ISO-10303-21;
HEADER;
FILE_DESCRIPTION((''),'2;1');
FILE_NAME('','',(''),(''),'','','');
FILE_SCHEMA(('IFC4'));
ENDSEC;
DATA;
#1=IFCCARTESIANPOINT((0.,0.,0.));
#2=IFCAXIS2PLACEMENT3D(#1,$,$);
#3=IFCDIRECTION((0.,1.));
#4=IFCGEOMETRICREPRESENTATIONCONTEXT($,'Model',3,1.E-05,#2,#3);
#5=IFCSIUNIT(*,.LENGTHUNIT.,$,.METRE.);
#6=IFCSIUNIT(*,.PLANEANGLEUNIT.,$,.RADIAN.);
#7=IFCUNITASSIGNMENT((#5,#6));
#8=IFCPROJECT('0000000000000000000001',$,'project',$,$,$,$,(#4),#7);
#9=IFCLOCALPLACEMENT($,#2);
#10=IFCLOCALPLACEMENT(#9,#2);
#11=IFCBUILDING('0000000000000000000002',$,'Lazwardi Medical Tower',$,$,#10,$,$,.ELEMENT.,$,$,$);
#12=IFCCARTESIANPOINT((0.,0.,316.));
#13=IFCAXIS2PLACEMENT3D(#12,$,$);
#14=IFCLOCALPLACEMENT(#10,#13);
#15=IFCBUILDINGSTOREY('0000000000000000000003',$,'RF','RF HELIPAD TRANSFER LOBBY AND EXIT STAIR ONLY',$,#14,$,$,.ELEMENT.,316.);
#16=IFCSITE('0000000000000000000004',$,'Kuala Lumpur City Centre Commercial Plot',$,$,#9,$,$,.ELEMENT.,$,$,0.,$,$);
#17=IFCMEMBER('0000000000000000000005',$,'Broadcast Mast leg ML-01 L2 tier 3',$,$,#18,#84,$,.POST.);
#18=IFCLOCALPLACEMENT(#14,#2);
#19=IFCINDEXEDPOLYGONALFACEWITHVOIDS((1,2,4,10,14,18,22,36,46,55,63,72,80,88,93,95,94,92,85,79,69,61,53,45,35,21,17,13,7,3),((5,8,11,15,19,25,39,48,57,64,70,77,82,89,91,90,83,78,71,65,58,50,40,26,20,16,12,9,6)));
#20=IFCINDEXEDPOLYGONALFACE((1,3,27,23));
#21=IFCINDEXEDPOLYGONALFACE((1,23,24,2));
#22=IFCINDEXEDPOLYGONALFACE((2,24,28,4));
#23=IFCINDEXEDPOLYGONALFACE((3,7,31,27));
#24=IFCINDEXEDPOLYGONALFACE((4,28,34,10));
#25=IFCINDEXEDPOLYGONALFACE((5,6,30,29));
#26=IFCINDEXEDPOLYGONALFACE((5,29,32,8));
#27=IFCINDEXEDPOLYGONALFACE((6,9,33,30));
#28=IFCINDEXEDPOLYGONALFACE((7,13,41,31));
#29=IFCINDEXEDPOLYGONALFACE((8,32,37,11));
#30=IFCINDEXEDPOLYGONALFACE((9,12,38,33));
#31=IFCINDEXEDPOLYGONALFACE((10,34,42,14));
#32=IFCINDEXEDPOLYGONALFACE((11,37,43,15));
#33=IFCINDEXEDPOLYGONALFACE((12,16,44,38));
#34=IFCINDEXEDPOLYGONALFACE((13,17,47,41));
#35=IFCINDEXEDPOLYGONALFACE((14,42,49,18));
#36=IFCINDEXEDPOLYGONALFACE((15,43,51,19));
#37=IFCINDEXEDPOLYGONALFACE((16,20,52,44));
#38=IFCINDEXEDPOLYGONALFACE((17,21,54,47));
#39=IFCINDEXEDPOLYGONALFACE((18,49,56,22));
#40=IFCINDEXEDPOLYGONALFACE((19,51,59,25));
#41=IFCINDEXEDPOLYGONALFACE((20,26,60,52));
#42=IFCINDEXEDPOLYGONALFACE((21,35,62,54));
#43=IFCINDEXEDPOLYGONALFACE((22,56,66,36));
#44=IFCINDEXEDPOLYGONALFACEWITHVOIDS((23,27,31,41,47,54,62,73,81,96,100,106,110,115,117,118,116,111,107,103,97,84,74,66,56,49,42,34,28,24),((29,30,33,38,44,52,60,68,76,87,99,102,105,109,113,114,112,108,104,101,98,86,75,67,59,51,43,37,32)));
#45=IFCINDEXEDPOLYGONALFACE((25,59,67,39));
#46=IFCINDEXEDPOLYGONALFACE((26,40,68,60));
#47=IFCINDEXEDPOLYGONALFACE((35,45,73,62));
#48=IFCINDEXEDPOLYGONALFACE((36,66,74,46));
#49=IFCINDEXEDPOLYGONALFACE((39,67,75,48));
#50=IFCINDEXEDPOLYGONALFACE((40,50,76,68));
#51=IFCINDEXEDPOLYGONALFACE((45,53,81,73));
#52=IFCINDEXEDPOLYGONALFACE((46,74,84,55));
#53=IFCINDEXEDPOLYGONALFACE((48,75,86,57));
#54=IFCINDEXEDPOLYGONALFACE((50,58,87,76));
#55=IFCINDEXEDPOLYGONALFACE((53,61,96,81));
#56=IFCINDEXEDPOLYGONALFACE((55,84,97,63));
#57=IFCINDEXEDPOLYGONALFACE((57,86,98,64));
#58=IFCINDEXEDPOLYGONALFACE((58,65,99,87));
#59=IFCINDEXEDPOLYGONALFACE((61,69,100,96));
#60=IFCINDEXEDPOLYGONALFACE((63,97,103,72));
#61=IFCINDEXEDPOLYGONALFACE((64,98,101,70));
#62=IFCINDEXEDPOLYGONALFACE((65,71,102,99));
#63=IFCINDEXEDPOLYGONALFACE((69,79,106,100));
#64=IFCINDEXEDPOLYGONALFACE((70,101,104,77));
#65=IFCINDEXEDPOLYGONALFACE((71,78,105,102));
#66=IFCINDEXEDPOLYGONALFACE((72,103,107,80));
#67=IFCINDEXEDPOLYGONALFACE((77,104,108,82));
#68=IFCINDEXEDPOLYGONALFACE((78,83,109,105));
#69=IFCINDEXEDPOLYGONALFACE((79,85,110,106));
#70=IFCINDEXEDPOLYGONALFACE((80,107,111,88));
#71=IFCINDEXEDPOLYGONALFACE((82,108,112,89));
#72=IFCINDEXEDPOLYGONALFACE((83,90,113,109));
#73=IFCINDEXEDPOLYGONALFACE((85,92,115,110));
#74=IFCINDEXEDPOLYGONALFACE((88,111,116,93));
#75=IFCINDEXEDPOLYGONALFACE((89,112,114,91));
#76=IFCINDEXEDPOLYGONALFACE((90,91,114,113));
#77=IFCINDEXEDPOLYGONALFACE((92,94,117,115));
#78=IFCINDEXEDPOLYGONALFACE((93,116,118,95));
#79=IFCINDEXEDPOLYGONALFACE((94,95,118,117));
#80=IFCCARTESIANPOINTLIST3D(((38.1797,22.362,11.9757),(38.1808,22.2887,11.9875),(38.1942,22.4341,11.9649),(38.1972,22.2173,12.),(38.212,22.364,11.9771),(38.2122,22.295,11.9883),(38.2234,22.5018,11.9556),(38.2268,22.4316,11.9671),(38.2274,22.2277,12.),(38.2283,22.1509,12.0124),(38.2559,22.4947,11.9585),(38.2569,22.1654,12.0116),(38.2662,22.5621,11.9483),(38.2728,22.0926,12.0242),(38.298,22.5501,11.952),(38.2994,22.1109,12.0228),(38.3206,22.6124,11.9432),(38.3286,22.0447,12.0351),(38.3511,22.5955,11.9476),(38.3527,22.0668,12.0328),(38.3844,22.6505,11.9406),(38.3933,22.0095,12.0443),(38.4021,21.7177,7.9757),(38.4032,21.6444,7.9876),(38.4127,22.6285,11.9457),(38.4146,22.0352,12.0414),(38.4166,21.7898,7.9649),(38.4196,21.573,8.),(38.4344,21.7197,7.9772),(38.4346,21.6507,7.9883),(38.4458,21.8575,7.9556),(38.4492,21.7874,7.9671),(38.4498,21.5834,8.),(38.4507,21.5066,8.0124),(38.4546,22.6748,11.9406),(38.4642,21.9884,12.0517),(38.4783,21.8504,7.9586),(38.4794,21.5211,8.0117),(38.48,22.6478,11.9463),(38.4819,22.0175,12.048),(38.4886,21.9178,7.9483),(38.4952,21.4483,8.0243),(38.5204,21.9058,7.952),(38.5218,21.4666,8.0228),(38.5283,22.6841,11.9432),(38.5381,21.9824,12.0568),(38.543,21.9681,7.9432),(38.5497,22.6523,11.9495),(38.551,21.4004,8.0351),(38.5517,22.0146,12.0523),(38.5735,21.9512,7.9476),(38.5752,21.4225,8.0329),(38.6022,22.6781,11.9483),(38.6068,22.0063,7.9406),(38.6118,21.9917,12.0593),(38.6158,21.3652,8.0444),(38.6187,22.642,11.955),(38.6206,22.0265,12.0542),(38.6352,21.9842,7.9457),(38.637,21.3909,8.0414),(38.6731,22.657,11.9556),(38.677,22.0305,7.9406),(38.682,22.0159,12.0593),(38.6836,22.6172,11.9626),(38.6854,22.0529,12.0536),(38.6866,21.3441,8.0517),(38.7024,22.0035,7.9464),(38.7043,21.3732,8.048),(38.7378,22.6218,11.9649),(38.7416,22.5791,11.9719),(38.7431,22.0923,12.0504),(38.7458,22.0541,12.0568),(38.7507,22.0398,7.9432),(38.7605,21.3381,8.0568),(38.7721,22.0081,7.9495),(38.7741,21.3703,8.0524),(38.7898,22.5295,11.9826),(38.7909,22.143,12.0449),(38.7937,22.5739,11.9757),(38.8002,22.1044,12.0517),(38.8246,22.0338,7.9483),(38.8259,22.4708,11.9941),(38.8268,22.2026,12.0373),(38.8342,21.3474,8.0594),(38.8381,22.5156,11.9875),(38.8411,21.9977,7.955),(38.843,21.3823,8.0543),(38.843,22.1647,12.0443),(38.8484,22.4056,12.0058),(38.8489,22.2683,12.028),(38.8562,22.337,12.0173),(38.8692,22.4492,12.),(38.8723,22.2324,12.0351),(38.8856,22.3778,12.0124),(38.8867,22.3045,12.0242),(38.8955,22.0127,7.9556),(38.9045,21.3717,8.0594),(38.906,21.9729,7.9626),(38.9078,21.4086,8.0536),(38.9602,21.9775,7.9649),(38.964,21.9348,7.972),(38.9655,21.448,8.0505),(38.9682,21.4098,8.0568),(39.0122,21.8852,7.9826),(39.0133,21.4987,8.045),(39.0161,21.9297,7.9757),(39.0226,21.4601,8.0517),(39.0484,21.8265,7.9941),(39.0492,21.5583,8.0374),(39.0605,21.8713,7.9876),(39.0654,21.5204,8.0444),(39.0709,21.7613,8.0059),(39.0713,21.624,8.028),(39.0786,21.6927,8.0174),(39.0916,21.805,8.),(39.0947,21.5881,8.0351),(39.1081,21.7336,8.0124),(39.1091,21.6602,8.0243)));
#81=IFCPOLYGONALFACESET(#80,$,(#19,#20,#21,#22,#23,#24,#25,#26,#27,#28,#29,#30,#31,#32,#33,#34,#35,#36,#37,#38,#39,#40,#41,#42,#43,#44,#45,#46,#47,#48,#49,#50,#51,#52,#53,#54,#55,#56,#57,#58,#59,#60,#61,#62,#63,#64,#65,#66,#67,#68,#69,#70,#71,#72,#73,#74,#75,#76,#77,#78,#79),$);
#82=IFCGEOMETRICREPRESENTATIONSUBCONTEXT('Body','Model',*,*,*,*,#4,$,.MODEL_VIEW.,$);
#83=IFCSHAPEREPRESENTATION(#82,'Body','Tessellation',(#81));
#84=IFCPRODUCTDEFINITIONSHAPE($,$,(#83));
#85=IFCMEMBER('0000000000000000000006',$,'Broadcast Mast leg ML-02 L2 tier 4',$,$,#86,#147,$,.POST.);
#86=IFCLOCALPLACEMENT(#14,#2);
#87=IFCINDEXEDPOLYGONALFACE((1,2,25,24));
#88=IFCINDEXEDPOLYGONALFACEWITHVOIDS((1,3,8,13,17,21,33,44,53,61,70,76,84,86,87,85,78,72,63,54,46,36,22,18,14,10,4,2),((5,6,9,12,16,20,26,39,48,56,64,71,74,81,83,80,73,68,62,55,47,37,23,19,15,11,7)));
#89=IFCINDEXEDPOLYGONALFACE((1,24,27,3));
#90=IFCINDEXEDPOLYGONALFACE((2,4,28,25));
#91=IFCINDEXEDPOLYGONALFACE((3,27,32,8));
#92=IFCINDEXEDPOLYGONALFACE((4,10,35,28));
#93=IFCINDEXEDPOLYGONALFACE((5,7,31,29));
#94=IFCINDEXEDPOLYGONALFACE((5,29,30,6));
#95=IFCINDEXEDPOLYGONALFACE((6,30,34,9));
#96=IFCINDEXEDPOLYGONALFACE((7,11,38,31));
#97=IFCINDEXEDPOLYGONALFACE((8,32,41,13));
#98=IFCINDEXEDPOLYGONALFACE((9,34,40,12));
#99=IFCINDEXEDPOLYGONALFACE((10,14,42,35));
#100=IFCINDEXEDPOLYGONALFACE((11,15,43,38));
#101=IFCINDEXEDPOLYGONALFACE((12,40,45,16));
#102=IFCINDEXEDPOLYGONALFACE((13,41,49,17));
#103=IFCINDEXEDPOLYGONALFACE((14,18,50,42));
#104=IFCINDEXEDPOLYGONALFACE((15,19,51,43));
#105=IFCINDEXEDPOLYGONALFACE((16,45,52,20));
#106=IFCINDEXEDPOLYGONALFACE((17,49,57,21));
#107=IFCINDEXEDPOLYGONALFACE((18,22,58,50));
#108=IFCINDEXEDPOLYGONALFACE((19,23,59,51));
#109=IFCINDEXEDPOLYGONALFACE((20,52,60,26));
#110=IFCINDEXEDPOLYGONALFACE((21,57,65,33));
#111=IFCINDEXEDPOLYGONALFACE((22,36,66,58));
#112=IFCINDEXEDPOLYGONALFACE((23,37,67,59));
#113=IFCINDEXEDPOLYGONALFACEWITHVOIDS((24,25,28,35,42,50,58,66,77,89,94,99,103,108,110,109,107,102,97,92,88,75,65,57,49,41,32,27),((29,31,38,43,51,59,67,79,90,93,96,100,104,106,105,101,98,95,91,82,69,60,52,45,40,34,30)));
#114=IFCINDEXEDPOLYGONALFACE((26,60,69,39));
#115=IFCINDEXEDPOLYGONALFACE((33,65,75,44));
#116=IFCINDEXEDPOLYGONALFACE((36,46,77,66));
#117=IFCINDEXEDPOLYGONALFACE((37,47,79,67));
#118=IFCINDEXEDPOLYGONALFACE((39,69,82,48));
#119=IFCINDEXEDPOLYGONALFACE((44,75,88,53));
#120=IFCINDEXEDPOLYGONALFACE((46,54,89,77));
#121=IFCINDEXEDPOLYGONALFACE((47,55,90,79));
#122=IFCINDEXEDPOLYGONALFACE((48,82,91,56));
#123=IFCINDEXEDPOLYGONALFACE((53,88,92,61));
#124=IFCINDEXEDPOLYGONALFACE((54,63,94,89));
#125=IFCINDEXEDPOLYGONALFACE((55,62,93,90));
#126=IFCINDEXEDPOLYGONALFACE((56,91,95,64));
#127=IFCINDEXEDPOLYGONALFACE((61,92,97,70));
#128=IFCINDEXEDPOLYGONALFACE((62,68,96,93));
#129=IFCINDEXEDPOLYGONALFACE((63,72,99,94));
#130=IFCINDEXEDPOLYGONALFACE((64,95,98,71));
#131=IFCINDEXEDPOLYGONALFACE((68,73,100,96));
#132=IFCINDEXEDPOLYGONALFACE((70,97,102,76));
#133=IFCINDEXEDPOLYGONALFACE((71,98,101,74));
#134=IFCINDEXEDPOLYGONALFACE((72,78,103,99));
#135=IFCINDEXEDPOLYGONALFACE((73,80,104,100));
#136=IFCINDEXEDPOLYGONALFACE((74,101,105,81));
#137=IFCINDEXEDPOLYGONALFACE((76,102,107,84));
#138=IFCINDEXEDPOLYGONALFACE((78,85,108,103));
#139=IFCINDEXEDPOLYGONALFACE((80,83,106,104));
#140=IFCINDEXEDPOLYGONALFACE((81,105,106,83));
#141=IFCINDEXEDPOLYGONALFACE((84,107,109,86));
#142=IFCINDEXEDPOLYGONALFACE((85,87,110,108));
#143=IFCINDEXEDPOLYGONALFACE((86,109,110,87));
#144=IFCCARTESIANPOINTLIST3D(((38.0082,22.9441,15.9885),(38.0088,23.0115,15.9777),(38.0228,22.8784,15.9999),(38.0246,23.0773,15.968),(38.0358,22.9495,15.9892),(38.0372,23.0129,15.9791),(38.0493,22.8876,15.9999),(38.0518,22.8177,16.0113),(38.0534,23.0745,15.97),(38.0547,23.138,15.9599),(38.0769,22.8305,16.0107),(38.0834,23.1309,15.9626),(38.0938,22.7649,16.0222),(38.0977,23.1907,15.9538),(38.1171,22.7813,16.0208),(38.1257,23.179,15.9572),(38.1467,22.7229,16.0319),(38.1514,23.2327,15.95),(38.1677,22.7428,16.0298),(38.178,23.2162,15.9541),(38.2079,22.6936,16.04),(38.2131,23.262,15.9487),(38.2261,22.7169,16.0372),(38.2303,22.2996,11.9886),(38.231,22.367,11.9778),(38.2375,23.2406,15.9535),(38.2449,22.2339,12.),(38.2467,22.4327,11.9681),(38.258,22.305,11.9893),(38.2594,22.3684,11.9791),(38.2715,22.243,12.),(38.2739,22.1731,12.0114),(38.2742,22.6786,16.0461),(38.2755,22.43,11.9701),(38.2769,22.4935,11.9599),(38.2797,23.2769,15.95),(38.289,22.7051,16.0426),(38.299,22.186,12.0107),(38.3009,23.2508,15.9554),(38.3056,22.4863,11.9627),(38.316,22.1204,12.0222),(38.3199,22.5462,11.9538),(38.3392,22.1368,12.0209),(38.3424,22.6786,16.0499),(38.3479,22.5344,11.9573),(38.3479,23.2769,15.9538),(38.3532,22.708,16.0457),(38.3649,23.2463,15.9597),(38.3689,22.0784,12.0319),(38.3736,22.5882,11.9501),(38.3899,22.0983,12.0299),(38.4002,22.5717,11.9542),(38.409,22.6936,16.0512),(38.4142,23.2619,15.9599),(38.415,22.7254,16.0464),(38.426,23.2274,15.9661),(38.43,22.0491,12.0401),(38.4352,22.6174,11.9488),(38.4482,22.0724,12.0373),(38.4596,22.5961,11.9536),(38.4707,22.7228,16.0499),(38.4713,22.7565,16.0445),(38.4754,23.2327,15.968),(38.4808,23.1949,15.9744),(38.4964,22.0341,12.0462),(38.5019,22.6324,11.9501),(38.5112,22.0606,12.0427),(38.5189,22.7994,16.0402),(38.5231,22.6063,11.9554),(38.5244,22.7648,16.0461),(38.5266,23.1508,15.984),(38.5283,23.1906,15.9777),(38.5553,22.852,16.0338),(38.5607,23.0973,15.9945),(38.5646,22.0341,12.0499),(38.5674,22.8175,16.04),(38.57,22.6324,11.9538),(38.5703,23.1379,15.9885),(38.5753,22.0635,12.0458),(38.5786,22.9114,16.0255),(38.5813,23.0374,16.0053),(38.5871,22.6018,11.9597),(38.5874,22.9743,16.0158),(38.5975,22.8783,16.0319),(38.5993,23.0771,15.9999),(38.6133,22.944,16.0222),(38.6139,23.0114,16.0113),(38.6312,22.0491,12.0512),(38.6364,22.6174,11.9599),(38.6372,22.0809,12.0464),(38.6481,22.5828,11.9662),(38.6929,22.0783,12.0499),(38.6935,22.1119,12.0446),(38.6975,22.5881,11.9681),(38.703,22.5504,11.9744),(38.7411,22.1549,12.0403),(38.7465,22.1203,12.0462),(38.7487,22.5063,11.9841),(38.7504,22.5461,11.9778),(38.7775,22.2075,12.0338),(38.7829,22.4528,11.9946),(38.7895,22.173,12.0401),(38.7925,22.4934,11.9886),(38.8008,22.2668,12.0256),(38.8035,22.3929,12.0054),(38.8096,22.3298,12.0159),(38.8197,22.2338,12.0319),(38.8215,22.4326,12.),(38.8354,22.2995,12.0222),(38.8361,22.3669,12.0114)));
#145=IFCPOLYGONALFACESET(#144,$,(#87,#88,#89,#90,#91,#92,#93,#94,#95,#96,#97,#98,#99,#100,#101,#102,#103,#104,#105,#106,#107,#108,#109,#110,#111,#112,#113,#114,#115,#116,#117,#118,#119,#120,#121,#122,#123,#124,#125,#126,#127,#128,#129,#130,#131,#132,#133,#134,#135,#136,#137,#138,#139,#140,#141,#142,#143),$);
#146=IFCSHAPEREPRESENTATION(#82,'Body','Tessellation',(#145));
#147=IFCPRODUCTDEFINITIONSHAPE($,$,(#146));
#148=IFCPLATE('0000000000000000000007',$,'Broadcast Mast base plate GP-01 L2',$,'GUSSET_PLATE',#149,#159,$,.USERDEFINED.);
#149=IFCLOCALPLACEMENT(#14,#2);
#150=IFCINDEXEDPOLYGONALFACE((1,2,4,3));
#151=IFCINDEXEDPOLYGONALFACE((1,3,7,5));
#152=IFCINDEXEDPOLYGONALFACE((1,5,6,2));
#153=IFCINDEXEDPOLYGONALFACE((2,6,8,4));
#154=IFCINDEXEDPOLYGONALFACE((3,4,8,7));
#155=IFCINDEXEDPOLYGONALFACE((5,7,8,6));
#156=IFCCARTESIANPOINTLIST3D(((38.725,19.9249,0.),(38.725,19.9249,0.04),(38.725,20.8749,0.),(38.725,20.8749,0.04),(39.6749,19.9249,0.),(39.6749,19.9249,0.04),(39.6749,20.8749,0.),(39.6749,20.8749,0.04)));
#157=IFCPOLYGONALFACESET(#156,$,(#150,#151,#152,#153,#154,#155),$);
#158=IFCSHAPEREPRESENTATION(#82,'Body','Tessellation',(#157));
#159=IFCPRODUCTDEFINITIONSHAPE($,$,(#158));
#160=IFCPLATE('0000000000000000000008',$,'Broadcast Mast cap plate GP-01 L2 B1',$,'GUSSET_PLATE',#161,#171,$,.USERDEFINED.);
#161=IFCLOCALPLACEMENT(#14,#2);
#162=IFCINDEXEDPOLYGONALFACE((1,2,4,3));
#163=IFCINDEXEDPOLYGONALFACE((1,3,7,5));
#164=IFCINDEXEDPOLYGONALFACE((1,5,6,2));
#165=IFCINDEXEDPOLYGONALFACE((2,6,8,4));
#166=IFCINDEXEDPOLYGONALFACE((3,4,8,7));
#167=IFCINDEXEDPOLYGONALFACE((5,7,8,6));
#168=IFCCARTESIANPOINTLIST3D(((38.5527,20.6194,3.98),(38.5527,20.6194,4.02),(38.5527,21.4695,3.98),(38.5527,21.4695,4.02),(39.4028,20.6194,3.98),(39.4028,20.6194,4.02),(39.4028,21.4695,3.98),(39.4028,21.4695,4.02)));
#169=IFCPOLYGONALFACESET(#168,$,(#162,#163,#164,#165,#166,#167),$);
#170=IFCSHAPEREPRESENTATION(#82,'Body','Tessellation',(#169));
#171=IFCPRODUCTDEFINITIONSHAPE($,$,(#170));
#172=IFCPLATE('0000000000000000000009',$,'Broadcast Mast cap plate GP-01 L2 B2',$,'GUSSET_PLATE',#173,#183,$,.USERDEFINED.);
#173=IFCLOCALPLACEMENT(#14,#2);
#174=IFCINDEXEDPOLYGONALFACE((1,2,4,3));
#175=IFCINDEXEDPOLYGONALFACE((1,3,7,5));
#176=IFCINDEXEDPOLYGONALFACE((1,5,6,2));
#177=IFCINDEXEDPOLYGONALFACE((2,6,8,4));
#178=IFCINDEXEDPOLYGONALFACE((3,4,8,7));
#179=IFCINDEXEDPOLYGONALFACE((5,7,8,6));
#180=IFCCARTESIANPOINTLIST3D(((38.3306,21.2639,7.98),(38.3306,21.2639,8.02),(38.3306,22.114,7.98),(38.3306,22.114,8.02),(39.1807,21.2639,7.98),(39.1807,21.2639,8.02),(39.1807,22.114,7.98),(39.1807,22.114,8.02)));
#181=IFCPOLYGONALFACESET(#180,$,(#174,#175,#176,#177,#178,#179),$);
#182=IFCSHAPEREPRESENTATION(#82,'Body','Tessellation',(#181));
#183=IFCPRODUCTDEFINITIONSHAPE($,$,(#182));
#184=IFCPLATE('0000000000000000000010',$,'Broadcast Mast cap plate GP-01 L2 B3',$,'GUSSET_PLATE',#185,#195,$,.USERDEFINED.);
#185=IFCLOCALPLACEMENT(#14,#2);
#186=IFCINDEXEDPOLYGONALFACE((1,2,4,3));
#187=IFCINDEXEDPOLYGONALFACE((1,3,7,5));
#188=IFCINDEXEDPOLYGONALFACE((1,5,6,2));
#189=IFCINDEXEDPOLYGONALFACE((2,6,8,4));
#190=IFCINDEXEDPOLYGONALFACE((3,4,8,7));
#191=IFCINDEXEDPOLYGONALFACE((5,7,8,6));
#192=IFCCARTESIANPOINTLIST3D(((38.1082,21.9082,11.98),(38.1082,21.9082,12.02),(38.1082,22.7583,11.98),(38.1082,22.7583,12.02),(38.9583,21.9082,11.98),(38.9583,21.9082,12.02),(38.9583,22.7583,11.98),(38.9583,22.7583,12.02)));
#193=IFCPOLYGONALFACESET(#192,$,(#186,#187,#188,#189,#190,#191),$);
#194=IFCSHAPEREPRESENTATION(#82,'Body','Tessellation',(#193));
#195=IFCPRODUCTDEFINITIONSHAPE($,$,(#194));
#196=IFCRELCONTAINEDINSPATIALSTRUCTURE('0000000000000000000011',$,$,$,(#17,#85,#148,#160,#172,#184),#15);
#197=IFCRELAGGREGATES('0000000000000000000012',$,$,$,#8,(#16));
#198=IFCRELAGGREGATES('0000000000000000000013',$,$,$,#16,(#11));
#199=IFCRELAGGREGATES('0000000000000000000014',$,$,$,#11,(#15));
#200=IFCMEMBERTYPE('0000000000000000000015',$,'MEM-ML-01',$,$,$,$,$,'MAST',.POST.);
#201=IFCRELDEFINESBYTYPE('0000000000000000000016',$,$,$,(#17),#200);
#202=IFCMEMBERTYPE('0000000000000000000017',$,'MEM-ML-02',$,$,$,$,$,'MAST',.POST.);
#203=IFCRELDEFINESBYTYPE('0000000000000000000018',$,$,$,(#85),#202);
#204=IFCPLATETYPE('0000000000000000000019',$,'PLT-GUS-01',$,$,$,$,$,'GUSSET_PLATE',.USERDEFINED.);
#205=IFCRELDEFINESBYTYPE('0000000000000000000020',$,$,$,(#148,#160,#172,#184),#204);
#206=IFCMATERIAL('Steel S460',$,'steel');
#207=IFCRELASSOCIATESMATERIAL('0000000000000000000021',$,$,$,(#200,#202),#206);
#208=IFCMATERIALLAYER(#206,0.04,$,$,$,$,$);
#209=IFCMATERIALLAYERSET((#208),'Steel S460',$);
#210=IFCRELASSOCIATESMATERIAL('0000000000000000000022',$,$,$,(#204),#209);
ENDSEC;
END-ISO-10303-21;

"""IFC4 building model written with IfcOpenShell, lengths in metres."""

from ifc_helpers import new_model, si_unit, direction, frame, origin, origin_2d, place, context, subcontext, project, spatial, rectangle, hollow_circle, extrude, material, layer, layer_set, material_profile, profile_set, type_object, element, save


model = new_model("IFC4")

# Units and contexts
model_context = context("Model", 3, precision=1e-05, world=origin(), true_north=direction((0.0, 1.0)))
body_context = subcontext(model_context, "Body", "Model", "MODEL_VIEW")
ifc_project = project(units=[si_unit("LENGTHUNIT", "METRE"), si_unit("PLANEANGLEUNIT", "RADIAN")], contexts=[model_context])

# Site, building, storey
site_placement = place(None, origin())
site = spatial("IfcSite", under=ifc_project, at=site_placement, Name="Kuala Lumpur City Centre Commercial Plot", CompositionType="ELEMENT", RefElevation=0.0)
building_placement = place(site_placement, origin())
building = spatial("IfcBuilding", under=site, at=building_placement, Name="Lazwardi Medical Tower", CompositionType="ELEMENT")
storey_placement = place(building_placement, frame((0.0, 0.0, 316.0)))
storey = spatial("IfcBuildingStorey", under=building, at=storey_placement, Name="RF", Description="RF HELIPAD TRANSFER LOBBY AND EXIT STAIR ONLY", CompositionType="ELEMENT", Elevation=316.0)

# Members
ifc_material_1 = material(Name="Steel S460", Category="steel")
ifc_material_profile_1 = material_profile(ifc_material_1, hollow_circle(Radius=0.3555, WallThickness=0.032, at=origin_2d()), Name="CHS 711x32")
ifc_profile_set_1 = profile_set([ifc_material_profile_1], Name="Steel S460")
member_type_1 = type_object("IfcMemberType", Name="MEM-ML-01", ElementType="MAST", PredefinedType="POST", material=ifc_profile_set_1)
for number, where, z_axis, x_axis, name in (
    (1, (38.7556, 21.689, 8.0), (-0.054813, 0.158783, 0.985791), (-0.945263, -0.326311, 0.0), "Broadcast Mast leg ML-01 L2 tier 3"),
):
    element("IfcMember", number, at=place(storey_placement, frame(where, z_axis=z_axis, x_axis=x_axis)), inside=storey, type_object=member_type_1, Name=name, PredefinedType="POST", context=body_context, shape_type="SweptSolid", body=[
        extrude(hollow_circle(Radius=0.3555, WallThickness=0.032, at=origin_2d()), origin(), (0.0, 0.0, 1.0), 4.0576),
    ])
ifc_material_profile_2 = material_profile(ifc_material_1, hollow_circle(Radius=0.3049, WallThickness=0.0281, at=origin_2d()), Name="CHS 610x28")
ifc_profile_set_2 = profile_set([ifc_material_profile_2], Name="Steel S460")
member_type_2 = type_object("IfcMemberType", Name="MEM-ML-02", ElementType="MAST", PredefinedType="POST", material=ifc_profile_set_2)
member_1_placement = place(storey_placement, frame((38.5332, 22.3333, 12.0), z_axis=(-0.054752, 0.158842, 0.985785), x_axis=(-0.945411, -0.32588, 0.0)))
element("IfcMember", 2, at=member_1_placement, inside=storey, type_object=member_type_2, Name="Broadcast Mast leg ML-02 L2 tier 4", PredefinedType="POST", context=body_context, shape_type="SweptSolid", body=[
    extrude(hollow_circle(Radius=0.3049, WallThickness=0.0281, at=origin_2d()), origin(), (0.0, 0.0, 1.0), 4.0576),
])

# Plates
ifc_layer_1 = layer(ifc_material_1, 0.04)
ifc_layer_set_1 = layer_set([ifc_layer_1], Name="Steel S460")
plate_type = type_object("IfcPlateType", Name="PLT-GUS-01", ElementType="GUSSET_PLATE", PredefinedType="USERDEFINED", material=ifc_layer_set_1)
plate_placement = place(storey_placement, frame((39.2, 20.3999, 0.0), z_axis=(0.0, 0.0, 1.0), x_axis=(1.0, 0.0, 0.0)))
element("IfcPlate", 3, at=plate_placement, inside=storey, type_object=plate_type, Name="Broadcast Mast base plate GP-01 L2", ObjectType="GUSSET_PLATE", PredefinedType="USERDEFINED", context=body_context, shape_type="SweptSolid", body=[
    extrude(rectangle(XDim=0.95, YDim=0.95, at=origin_2d()), origin(), (0.0, 0.0, 1.0), 0.04),
])
for number, where, z_axis, x_axis, name in (
    (4, (38.9778, 21.0444, 3.98), (0.0, 0.0, 1.0), (1.0, 0.0, 0.0), "Broadcast Mast cap plate GP-01 L2 B1"),
    (5, (38.7556, 21.689, 7.98), (0.0, 0.0, 1.0), (1.0, 0.0, 0.0), "Broadcast Mast cap plate GP-01 L2 B2"),
    (6, (38.5332, 22.3333, 11.98), (0.0, 0.0, 1.0), (1.0, 0.0, 0.0), "Broadcast Mast cap plate GP-01 L2 B3"),
):
    element("IfcPlate", number, at=place(storey_placement, frame(where, z_axis=z_axis, x_axis=x_axis)), inside=storey, type_object=plate_type, Name=name, ObjectType="GUSSET_PLATE", PredefinedType="USERDEFINED", context=body_context, shape_type="SweptSolid", body=[
        extrude(rectangle(XDim=0.8501, YDim=0.8501, at=origin_2d()), origin(), (0.0, 0.0, 1.0), 0.04),
    ])

save(model, "model.ifc")
